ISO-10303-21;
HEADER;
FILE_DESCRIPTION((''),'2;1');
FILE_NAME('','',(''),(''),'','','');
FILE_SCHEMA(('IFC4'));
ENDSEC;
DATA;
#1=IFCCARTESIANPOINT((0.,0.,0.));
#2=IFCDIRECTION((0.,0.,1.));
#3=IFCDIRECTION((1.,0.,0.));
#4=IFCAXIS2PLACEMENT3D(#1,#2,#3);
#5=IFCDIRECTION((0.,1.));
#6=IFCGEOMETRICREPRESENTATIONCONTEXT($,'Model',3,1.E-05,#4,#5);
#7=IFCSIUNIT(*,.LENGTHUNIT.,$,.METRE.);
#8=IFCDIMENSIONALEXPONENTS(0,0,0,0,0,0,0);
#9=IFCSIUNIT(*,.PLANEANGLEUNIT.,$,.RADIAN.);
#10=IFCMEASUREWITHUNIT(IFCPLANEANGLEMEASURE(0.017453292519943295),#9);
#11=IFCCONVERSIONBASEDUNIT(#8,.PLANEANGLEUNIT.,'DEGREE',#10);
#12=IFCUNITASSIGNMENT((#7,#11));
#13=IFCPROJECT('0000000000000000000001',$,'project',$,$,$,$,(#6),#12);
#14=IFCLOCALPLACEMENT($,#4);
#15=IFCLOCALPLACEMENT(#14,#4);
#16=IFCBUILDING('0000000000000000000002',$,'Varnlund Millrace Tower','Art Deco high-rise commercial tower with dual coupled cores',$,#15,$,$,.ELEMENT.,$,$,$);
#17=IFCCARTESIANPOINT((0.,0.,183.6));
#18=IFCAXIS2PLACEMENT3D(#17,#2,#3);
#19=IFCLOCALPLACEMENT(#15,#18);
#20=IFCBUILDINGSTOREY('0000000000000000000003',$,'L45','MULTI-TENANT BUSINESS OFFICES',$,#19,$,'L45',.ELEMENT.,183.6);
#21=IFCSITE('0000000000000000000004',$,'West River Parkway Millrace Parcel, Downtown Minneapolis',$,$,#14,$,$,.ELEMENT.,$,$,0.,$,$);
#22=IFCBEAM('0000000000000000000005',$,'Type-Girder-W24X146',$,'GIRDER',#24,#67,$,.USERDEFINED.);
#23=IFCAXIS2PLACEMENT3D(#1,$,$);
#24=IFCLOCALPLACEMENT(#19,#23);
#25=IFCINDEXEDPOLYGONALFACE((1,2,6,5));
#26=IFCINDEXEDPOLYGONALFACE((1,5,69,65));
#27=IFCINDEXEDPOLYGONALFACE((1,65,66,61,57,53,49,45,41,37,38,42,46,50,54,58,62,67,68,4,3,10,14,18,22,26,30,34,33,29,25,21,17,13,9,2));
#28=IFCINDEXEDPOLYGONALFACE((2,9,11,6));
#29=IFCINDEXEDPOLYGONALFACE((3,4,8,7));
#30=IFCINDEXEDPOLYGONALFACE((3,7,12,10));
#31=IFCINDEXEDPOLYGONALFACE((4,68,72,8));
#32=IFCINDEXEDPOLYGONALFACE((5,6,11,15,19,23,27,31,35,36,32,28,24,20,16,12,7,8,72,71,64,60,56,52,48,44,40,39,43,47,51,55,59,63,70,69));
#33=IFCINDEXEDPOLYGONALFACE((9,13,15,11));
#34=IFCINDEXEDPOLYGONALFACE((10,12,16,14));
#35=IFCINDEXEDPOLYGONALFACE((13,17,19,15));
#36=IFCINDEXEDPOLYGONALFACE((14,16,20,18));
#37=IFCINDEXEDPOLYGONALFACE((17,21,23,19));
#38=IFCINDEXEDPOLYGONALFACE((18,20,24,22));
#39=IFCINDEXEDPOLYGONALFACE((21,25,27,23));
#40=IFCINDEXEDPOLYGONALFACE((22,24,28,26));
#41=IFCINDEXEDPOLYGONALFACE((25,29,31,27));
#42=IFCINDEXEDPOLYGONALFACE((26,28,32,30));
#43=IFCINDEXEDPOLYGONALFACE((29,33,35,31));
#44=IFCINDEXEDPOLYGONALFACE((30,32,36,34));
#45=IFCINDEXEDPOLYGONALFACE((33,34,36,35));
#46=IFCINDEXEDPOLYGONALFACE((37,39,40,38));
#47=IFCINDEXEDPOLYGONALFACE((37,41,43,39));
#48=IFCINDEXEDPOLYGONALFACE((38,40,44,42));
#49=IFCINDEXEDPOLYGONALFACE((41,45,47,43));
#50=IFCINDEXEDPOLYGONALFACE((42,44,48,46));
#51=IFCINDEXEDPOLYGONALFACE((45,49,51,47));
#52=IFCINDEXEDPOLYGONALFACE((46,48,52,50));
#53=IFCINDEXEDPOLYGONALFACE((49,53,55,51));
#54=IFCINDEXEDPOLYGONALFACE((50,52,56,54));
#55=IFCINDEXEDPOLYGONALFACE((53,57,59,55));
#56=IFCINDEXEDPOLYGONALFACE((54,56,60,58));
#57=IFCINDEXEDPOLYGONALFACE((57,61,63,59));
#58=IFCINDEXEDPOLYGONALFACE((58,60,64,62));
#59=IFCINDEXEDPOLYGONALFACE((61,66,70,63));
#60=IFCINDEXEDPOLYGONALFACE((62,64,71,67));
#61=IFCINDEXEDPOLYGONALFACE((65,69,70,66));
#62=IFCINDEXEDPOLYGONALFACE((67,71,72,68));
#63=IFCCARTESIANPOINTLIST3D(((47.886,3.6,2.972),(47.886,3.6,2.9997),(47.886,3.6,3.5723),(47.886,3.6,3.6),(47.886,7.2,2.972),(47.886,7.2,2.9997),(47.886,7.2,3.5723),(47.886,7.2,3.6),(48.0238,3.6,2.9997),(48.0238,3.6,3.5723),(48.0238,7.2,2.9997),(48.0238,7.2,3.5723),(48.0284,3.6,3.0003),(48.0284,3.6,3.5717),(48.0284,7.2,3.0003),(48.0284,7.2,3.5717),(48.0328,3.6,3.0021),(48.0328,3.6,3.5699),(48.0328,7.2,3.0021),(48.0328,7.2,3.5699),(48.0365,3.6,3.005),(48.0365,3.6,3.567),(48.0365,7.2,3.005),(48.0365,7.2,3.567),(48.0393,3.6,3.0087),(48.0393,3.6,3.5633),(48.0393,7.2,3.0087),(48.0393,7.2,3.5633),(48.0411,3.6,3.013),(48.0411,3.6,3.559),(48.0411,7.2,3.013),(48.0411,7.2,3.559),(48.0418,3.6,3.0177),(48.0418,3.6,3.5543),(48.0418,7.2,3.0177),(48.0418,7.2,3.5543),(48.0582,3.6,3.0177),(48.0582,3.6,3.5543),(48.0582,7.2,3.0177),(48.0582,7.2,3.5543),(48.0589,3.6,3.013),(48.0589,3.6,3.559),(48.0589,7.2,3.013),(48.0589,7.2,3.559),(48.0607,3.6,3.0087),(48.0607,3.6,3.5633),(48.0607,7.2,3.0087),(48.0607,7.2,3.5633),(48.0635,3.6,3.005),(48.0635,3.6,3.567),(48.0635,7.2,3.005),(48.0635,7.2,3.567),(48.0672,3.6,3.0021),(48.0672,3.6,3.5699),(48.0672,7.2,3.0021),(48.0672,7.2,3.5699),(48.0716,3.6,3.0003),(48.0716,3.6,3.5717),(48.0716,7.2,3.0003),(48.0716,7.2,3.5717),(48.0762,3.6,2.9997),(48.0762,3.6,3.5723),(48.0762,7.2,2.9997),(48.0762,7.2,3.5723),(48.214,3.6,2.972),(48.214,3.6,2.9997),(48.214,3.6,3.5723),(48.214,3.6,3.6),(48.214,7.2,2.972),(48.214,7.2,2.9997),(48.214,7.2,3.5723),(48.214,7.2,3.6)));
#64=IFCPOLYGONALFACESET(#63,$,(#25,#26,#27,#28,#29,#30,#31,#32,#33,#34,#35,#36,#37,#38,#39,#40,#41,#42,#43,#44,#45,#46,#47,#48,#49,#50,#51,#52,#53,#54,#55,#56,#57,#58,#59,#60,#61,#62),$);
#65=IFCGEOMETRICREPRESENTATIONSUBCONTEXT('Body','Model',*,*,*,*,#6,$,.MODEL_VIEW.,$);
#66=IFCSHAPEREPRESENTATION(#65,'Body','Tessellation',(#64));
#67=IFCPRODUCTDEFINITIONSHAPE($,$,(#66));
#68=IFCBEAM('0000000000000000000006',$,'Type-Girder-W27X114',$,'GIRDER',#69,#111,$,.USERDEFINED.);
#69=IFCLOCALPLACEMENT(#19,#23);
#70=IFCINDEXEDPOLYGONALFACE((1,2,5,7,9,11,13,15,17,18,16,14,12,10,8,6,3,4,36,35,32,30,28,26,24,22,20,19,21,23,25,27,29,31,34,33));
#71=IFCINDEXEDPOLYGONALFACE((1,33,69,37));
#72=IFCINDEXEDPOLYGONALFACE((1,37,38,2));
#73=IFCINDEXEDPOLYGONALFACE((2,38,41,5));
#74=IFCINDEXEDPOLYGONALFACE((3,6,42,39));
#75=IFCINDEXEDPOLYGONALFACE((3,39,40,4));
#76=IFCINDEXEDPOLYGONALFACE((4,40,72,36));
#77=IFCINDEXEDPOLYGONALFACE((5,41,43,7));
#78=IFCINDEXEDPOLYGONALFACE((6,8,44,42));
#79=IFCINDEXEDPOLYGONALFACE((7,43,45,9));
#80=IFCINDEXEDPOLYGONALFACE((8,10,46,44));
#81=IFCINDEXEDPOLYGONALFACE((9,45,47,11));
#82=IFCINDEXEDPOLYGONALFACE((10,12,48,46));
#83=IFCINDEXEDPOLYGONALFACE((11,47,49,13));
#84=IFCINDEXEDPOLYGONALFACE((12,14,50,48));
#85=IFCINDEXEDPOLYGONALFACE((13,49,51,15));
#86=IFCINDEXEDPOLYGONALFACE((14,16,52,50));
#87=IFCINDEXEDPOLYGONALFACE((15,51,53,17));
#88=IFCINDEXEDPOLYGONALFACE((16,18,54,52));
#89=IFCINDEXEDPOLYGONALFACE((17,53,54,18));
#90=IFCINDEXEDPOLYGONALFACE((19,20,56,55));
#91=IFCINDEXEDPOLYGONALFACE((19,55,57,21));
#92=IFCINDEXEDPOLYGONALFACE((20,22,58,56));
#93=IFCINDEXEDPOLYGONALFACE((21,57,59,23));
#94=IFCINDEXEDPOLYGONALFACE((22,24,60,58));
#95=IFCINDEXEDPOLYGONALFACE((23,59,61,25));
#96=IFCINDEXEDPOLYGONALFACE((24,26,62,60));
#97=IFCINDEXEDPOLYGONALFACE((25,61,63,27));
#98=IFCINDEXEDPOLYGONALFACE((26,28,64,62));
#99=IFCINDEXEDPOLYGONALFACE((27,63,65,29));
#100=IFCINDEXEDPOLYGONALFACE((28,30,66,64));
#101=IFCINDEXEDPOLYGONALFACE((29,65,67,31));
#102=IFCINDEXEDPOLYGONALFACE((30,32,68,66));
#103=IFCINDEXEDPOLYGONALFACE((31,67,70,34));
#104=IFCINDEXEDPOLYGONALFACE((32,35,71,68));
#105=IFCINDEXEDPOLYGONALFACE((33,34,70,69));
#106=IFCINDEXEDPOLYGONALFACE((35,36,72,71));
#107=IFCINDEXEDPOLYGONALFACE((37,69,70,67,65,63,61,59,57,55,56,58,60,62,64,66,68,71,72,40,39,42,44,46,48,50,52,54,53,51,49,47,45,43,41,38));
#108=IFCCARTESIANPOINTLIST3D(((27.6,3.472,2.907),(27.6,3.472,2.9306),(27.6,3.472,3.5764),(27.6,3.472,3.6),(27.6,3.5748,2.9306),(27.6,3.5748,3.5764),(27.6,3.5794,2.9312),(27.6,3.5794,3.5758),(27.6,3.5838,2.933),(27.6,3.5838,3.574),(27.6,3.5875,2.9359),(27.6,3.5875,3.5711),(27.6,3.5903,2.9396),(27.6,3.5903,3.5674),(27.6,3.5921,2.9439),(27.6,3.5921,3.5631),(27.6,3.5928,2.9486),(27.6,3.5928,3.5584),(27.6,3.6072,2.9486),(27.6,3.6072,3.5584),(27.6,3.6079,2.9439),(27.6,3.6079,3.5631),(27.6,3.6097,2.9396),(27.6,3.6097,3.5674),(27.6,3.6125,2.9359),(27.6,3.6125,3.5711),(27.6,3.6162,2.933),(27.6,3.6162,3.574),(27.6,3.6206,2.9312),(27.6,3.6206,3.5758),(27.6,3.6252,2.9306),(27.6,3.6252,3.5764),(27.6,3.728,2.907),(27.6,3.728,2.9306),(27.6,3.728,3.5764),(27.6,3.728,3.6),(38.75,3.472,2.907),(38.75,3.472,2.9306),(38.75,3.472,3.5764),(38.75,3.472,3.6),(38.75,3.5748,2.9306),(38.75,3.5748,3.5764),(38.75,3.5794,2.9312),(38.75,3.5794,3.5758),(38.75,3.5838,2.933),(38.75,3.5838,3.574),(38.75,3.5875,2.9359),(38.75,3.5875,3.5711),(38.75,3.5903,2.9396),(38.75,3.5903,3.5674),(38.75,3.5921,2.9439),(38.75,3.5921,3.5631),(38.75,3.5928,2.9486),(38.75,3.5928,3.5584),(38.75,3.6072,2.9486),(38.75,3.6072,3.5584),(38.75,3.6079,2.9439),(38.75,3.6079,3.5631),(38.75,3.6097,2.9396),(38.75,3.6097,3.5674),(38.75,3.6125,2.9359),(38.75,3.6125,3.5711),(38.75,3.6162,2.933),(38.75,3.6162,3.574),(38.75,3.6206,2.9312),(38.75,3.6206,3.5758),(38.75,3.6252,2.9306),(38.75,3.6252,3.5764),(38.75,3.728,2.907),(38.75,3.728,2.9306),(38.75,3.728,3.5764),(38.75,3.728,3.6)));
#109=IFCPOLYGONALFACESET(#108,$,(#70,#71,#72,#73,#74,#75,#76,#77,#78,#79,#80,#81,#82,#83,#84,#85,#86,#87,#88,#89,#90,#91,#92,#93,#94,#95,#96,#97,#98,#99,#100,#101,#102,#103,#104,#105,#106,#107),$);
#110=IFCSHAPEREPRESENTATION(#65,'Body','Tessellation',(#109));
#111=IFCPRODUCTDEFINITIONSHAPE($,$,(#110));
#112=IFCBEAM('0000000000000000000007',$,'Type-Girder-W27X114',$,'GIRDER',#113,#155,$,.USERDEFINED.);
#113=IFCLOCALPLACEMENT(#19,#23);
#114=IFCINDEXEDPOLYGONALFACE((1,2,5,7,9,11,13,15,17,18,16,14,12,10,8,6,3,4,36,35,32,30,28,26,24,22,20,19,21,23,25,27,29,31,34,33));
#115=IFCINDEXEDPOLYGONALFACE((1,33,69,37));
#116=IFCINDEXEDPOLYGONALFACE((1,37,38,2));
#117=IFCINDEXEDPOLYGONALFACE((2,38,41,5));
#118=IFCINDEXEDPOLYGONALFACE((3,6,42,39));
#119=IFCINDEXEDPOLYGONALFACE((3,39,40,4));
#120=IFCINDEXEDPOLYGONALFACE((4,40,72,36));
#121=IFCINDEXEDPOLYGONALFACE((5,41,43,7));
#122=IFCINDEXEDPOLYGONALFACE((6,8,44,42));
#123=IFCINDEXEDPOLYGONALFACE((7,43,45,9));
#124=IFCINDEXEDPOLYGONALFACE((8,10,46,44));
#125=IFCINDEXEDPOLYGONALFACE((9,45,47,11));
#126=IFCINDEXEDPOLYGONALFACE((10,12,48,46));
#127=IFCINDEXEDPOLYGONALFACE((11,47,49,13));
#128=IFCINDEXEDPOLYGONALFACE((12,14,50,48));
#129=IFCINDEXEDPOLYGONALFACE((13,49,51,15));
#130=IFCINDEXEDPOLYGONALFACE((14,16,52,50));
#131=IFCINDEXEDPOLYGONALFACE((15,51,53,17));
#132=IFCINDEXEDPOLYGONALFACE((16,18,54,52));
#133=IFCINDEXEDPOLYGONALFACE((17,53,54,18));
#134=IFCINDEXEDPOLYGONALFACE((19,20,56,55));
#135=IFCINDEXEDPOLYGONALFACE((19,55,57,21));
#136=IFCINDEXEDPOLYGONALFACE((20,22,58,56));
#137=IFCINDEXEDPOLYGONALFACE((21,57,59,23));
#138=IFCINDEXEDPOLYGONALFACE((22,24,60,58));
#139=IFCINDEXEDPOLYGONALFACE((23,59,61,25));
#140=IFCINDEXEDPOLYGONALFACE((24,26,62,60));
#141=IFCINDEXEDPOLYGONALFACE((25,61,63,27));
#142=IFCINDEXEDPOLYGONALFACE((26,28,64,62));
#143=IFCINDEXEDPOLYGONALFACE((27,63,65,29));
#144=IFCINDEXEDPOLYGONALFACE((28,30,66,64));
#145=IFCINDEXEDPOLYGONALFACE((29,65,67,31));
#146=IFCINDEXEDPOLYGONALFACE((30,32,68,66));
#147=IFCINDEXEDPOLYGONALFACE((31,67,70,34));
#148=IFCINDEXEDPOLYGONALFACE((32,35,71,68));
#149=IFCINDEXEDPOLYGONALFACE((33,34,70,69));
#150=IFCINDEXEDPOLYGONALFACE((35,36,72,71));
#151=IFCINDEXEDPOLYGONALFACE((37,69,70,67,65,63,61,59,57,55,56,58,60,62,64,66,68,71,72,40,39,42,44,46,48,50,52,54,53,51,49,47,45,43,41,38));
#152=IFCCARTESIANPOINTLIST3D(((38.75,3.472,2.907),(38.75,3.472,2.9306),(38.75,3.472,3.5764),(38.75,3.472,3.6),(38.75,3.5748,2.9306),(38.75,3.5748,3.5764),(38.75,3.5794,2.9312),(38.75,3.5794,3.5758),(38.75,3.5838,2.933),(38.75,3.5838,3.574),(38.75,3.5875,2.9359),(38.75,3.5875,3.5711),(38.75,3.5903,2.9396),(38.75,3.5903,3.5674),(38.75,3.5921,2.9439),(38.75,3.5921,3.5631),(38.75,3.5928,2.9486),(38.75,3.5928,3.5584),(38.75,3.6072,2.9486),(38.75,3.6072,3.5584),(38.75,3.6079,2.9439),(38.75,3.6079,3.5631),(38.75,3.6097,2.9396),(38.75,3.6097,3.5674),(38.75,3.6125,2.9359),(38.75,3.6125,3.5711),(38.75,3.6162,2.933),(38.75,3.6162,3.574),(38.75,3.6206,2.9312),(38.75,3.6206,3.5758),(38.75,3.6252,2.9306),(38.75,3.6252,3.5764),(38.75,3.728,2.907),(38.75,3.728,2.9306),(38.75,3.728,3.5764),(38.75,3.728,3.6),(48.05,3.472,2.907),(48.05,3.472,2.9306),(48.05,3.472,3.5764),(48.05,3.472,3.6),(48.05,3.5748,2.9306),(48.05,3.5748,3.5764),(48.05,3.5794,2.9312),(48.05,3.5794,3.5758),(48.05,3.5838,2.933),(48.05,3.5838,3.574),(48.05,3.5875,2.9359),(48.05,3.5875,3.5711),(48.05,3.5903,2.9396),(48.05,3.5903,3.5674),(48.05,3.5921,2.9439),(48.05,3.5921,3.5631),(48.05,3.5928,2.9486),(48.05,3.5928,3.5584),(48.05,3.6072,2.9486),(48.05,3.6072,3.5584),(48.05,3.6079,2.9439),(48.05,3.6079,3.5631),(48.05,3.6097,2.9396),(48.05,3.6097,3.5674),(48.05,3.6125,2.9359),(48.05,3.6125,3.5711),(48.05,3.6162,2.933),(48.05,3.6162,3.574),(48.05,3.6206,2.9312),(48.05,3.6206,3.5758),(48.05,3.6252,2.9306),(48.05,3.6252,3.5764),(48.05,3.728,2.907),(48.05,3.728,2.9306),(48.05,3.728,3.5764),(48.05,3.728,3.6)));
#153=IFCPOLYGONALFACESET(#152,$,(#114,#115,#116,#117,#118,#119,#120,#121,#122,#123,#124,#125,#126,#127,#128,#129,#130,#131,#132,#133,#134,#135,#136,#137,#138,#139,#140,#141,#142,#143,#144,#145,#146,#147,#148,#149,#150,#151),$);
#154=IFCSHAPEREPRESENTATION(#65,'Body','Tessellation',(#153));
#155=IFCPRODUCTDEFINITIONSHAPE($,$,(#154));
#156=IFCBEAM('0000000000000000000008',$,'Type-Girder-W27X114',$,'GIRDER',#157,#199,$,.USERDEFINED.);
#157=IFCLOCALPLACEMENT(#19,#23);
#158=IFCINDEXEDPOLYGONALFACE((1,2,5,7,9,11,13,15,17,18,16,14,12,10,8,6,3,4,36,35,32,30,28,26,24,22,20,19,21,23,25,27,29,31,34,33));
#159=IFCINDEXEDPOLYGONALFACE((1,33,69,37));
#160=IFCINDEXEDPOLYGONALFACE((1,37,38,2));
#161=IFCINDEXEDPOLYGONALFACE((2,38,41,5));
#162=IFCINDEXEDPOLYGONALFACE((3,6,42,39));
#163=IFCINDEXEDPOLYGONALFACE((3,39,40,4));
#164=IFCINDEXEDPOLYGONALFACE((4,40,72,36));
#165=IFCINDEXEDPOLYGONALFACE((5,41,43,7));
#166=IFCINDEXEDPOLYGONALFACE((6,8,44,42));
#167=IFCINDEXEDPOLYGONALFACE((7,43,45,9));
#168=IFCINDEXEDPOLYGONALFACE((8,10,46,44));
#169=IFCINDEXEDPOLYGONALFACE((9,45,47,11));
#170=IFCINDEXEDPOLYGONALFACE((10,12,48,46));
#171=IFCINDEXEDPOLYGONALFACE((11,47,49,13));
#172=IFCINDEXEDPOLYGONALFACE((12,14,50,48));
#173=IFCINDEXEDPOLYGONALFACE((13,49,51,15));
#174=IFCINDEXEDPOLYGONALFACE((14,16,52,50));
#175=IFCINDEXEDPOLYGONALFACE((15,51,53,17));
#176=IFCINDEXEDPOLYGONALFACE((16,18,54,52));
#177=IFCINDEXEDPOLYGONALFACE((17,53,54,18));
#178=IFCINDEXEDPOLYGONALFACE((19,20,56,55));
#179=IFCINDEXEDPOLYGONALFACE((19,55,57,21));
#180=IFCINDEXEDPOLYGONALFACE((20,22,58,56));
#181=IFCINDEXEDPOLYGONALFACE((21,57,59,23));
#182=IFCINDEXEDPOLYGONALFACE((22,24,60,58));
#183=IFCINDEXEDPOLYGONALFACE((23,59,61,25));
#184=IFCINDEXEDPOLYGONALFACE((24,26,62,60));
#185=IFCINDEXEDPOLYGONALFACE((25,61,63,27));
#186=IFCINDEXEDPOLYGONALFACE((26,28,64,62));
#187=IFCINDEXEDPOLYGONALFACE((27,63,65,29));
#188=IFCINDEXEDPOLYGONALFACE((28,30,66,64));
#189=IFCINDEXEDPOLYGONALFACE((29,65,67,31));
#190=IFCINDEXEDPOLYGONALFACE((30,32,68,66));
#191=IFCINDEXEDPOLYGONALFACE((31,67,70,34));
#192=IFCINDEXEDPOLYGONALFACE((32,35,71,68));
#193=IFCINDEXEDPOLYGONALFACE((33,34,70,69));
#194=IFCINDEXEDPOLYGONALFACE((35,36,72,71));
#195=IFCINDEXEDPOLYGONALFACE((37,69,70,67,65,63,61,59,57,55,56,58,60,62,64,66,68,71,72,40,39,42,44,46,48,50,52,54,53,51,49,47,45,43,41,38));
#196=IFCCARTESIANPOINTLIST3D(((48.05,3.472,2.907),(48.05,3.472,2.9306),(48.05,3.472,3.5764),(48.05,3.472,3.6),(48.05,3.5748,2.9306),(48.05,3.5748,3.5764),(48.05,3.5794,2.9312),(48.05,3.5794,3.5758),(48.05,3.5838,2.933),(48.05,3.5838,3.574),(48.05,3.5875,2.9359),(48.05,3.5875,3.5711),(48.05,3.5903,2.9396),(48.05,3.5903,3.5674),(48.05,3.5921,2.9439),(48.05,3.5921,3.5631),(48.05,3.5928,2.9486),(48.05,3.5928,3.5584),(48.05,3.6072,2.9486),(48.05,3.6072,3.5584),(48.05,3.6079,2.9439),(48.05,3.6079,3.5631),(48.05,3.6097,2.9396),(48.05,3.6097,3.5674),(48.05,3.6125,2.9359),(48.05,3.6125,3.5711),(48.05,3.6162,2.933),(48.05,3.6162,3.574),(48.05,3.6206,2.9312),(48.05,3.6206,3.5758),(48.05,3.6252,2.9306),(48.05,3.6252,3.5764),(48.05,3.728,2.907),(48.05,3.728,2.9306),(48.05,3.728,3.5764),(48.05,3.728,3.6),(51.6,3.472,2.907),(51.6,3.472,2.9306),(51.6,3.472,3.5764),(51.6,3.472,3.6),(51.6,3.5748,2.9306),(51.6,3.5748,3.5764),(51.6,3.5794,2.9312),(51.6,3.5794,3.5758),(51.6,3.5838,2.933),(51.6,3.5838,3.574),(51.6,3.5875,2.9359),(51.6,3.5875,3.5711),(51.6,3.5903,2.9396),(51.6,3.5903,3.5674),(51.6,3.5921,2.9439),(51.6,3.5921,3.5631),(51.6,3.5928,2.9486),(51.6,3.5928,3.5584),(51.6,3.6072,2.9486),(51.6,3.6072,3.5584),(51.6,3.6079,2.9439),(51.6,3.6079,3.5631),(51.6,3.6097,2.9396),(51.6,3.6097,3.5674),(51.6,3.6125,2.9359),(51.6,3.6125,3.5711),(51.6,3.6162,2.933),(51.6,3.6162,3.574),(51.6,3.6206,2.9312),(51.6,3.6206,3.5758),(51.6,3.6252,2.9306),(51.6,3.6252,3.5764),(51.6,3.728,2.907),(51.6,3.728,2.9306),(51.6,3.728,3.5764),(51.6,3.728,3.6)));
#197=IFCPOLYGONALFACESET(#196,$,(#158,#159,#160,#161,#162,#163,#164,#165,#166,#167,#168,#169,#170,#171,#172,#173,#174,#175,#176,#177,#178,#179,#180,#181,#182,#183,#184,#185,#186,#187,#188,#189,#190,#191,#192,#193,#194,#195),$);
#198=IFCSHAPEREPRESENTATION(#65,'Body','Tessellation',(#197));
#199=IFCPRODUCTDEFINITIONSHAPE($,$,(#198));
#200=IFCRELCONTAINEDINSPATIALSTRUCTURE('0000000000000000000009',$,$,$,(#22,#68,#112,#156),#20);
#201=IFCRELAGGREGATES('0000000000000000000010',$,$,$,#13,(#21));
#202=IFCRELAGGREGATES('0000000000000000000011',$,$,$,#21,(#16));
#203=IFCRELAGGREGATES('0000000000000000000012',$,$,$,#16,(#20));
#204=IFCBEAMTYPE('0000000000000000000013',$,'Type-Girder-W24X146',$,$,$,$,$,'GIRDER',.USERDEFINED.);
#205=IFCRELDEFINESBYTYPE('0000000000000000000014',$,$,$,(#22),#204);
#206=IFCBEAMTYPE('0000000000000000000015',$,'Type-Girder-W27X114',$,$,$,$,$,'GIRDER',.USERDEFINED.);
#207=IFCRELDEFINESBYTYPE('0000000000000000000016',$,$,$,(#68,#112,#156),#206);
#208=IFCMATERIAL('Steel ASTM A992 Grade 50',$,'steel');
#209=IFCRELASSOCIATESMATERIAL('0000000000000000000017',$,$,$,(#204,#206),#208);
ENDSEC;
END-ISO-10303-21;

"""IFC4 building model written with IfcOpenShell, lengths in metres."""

from ifc_helpers import new_model, entity, si_unit, converted_unit, direction, frame, origin_with_axes, origin_2d_with_axis, place, context, subcontext, project, spatial, i_section, extrude, material, material_profile, profile_set, type_object, element, save


model = new_model("IFC4")

# Units and contexts
model_context = context("Model", 3, precision=1e-05, world=origin_with_axes(), true_north=direction((0.0, 1.0)))
body_context = subcontext(model_context, "Body", "Model", "MODEL_VIEW")
ifc_project = project(units=[si_unit("LENGTHUNIT", "METRE"), converted_unit("PLANEANGLEUNIT", "DEGREE", entity("IfcPlaneAngleMeasure", 0.017453292519943295), si_unit("PLANEANGLEUNIT", "RADIAN"), dimensions=[0, 0, 0, 0, 0, 0, 0])], contexts=[model_context])

# Site, building, storey
site_placement = place(None, origin_with_axes())
site = spatial("IfcSite", under=ifc_project, at=site_placement, Name="West River Parkway Millrace Parcel, Downtown Minneapolis", CompositionType="ELEMENT", RefElevation=0.0)
building_placement = place(site_placement, origin_with_axes())
building = spatial("IfcBuilding", under=site, at=building_placement, Name="Varnlund Millrace Tower", Description="Art Deco high-rise commercial tower with dual coupled cores", CompositionType="ELEMENT")
storey_placement = place(building_placement, frame((0.0, 0.0, 183.6), z_axis=(0.0, 0.0, 1.0), x_axis=(1.0, 0.0, 0.0)))
storey = spatial("IfcBuildingStorey", under=building, at=storey_placement, Name="L45", Description="MULTI-TENANT BUSINESS OFFICES", LongName="L45", CompositionType="ELEMENT", Elevation=183.6)

# Beams
ifc_material_1 = material(Name="Steel ASTM A992 Grade 50", Category="steel")
ifc_material_profile_1 = material_profile(ifc_material_1, i_section(OverallWidth=0.328, OverallDepth=0.628, WebThickness=0.0165, FlangeThickness=0.0277, FilletRadius=0.018, at=origin_2d_with_axis()), Name="Steel ASTM A992 Grade 50")
ifc_profile_set_1 = profile_set([ifc_material_profile_1], Name="Steel ASTM A992 Grade 50")
beam_type_1 = type_object("IfcBeamType", Name="Type-Girder-W24X146", ElementType="GIRDER", PredefinedType="USERDEFINED", material=ifc_profile_set_1)
beam_1_placement = place(storey_placement, frame((48.05, 3.6, 3.286), z_axis=(0.0, 1.0, 0.0), x_axis=(-1.0, 0.0, 0.0)))
element("IfcBeam", 1, at=beam_1_placement, inside=storey, type_object=beam_type_1, Name="Type-Girder-W24X146", ObjectType="GIRDER", PredefinedType="USERDEFINED", context=body_context, shape_type="SweptSolid", body=[
    extrude(i_section(OverallWidth=0.328, OverallDepth=0.628, WebThickness=0.0165, FlangeThickness=0.0277, FilletRadius=0.018, at=origin_2d_with_axis()), origin_with_axes(), (0.0, 0.0, 1.0), 3.6),
])
ifc_material_profile_2 = material_profile(ifc_material_1, i_section(OverallWidth=0.256, OverallDepth=0.693, WebThickness=0.0145, FlangeThickness=0.0236, FilletRadius=0.018, at=origin_2d_with_axis()), Name="Steel ASTM A992 Grade 50")
ifc_profile_set_2 = profile_set([ifc_material_profile_2], Name="Steel ASTM A992 Grade 50")
beam_type_2 = type_object("IfcBeamType", Name="Type-Girder-W27X114", ElementType="GIRDER", PredefinedType="USERDEFINED", material=ifc_profile_set_2)
beam_2_placement = place(storey_placement, frame((27.6, 3.6, 3.2535), z_axis=(1.0, 0.0, 0.0), x_axis=(0.0, 1.0, 0.0)))
element("IfcBeam", 2, at=beam_2_placement, inside=storey, type_object=beam_type_2, Name="Type-Girder-W27X114", ObjectType="GIRDER", PredefinedType="USERDEFINED", context=body_context, shape_type="SweptSolid", body=[
    extrude(i_section(OverallWidth=0.256, OverallDepth=0.693, WebThickness=0.0145, FlangeThickness=0.0236, FilletRadius=0.018, at=origin_2d_with_axis()), origin_with_axes(), (0.0, 0.0, 1.0), 11.15),
])
beam_3_placement = place(storey_placement, frame((38.75, 3.6, 3.2535), z_axis=(1.0, 0.0, 0.0), x_axis=(0.0, 1.0, 0.0)))
element("IfcBeam", 3, at=beam_3_placement, inside=storey, type_object=beam_type_2, Name="Type-Girder-W27X114", ObjectType="GIRDER", PredefinedType="USERDEFINED", context=body_context, shape_type="SweptSolid", body=[
    extrude(i_section(OverallWidth=0.256, OverallDepth=0.693, WebThickness=0.0145, FlangeThickness=0.0236, FilletRadius=0.018, at=origin_2d_with_axis()), origin_with_axes(), (0.0, 0.0, 1.0), 9.3),
])
beam_4_placement = place(storey_placement, frame((48.05, 3.6, 3.2535), z_axis=(1.0, 0.0, 0.0), x_axis=(0.0, 1.0, 0.0)))
element("IfcBeam", 4, at=beam_4_placement, inside=storey, type_object=beam_type_2, Name="Type-Girder-W27X114", ObjectType="GIRDER", PredefinedType="USERDEFINED", context=body_context, shape_type="SweptSolid", body=[
    extrude(i_section(OverallWidth=0.256, OverallDepth=0.693, WebThickness=0.0145, FlangeThickness=0.0236, FilletRadius=0.018, at=origin_2d_with_axis()), origin_with_axes(), (0.0, 0.0, 1.0), 3.55),
])

save(model, "model.ifc")
